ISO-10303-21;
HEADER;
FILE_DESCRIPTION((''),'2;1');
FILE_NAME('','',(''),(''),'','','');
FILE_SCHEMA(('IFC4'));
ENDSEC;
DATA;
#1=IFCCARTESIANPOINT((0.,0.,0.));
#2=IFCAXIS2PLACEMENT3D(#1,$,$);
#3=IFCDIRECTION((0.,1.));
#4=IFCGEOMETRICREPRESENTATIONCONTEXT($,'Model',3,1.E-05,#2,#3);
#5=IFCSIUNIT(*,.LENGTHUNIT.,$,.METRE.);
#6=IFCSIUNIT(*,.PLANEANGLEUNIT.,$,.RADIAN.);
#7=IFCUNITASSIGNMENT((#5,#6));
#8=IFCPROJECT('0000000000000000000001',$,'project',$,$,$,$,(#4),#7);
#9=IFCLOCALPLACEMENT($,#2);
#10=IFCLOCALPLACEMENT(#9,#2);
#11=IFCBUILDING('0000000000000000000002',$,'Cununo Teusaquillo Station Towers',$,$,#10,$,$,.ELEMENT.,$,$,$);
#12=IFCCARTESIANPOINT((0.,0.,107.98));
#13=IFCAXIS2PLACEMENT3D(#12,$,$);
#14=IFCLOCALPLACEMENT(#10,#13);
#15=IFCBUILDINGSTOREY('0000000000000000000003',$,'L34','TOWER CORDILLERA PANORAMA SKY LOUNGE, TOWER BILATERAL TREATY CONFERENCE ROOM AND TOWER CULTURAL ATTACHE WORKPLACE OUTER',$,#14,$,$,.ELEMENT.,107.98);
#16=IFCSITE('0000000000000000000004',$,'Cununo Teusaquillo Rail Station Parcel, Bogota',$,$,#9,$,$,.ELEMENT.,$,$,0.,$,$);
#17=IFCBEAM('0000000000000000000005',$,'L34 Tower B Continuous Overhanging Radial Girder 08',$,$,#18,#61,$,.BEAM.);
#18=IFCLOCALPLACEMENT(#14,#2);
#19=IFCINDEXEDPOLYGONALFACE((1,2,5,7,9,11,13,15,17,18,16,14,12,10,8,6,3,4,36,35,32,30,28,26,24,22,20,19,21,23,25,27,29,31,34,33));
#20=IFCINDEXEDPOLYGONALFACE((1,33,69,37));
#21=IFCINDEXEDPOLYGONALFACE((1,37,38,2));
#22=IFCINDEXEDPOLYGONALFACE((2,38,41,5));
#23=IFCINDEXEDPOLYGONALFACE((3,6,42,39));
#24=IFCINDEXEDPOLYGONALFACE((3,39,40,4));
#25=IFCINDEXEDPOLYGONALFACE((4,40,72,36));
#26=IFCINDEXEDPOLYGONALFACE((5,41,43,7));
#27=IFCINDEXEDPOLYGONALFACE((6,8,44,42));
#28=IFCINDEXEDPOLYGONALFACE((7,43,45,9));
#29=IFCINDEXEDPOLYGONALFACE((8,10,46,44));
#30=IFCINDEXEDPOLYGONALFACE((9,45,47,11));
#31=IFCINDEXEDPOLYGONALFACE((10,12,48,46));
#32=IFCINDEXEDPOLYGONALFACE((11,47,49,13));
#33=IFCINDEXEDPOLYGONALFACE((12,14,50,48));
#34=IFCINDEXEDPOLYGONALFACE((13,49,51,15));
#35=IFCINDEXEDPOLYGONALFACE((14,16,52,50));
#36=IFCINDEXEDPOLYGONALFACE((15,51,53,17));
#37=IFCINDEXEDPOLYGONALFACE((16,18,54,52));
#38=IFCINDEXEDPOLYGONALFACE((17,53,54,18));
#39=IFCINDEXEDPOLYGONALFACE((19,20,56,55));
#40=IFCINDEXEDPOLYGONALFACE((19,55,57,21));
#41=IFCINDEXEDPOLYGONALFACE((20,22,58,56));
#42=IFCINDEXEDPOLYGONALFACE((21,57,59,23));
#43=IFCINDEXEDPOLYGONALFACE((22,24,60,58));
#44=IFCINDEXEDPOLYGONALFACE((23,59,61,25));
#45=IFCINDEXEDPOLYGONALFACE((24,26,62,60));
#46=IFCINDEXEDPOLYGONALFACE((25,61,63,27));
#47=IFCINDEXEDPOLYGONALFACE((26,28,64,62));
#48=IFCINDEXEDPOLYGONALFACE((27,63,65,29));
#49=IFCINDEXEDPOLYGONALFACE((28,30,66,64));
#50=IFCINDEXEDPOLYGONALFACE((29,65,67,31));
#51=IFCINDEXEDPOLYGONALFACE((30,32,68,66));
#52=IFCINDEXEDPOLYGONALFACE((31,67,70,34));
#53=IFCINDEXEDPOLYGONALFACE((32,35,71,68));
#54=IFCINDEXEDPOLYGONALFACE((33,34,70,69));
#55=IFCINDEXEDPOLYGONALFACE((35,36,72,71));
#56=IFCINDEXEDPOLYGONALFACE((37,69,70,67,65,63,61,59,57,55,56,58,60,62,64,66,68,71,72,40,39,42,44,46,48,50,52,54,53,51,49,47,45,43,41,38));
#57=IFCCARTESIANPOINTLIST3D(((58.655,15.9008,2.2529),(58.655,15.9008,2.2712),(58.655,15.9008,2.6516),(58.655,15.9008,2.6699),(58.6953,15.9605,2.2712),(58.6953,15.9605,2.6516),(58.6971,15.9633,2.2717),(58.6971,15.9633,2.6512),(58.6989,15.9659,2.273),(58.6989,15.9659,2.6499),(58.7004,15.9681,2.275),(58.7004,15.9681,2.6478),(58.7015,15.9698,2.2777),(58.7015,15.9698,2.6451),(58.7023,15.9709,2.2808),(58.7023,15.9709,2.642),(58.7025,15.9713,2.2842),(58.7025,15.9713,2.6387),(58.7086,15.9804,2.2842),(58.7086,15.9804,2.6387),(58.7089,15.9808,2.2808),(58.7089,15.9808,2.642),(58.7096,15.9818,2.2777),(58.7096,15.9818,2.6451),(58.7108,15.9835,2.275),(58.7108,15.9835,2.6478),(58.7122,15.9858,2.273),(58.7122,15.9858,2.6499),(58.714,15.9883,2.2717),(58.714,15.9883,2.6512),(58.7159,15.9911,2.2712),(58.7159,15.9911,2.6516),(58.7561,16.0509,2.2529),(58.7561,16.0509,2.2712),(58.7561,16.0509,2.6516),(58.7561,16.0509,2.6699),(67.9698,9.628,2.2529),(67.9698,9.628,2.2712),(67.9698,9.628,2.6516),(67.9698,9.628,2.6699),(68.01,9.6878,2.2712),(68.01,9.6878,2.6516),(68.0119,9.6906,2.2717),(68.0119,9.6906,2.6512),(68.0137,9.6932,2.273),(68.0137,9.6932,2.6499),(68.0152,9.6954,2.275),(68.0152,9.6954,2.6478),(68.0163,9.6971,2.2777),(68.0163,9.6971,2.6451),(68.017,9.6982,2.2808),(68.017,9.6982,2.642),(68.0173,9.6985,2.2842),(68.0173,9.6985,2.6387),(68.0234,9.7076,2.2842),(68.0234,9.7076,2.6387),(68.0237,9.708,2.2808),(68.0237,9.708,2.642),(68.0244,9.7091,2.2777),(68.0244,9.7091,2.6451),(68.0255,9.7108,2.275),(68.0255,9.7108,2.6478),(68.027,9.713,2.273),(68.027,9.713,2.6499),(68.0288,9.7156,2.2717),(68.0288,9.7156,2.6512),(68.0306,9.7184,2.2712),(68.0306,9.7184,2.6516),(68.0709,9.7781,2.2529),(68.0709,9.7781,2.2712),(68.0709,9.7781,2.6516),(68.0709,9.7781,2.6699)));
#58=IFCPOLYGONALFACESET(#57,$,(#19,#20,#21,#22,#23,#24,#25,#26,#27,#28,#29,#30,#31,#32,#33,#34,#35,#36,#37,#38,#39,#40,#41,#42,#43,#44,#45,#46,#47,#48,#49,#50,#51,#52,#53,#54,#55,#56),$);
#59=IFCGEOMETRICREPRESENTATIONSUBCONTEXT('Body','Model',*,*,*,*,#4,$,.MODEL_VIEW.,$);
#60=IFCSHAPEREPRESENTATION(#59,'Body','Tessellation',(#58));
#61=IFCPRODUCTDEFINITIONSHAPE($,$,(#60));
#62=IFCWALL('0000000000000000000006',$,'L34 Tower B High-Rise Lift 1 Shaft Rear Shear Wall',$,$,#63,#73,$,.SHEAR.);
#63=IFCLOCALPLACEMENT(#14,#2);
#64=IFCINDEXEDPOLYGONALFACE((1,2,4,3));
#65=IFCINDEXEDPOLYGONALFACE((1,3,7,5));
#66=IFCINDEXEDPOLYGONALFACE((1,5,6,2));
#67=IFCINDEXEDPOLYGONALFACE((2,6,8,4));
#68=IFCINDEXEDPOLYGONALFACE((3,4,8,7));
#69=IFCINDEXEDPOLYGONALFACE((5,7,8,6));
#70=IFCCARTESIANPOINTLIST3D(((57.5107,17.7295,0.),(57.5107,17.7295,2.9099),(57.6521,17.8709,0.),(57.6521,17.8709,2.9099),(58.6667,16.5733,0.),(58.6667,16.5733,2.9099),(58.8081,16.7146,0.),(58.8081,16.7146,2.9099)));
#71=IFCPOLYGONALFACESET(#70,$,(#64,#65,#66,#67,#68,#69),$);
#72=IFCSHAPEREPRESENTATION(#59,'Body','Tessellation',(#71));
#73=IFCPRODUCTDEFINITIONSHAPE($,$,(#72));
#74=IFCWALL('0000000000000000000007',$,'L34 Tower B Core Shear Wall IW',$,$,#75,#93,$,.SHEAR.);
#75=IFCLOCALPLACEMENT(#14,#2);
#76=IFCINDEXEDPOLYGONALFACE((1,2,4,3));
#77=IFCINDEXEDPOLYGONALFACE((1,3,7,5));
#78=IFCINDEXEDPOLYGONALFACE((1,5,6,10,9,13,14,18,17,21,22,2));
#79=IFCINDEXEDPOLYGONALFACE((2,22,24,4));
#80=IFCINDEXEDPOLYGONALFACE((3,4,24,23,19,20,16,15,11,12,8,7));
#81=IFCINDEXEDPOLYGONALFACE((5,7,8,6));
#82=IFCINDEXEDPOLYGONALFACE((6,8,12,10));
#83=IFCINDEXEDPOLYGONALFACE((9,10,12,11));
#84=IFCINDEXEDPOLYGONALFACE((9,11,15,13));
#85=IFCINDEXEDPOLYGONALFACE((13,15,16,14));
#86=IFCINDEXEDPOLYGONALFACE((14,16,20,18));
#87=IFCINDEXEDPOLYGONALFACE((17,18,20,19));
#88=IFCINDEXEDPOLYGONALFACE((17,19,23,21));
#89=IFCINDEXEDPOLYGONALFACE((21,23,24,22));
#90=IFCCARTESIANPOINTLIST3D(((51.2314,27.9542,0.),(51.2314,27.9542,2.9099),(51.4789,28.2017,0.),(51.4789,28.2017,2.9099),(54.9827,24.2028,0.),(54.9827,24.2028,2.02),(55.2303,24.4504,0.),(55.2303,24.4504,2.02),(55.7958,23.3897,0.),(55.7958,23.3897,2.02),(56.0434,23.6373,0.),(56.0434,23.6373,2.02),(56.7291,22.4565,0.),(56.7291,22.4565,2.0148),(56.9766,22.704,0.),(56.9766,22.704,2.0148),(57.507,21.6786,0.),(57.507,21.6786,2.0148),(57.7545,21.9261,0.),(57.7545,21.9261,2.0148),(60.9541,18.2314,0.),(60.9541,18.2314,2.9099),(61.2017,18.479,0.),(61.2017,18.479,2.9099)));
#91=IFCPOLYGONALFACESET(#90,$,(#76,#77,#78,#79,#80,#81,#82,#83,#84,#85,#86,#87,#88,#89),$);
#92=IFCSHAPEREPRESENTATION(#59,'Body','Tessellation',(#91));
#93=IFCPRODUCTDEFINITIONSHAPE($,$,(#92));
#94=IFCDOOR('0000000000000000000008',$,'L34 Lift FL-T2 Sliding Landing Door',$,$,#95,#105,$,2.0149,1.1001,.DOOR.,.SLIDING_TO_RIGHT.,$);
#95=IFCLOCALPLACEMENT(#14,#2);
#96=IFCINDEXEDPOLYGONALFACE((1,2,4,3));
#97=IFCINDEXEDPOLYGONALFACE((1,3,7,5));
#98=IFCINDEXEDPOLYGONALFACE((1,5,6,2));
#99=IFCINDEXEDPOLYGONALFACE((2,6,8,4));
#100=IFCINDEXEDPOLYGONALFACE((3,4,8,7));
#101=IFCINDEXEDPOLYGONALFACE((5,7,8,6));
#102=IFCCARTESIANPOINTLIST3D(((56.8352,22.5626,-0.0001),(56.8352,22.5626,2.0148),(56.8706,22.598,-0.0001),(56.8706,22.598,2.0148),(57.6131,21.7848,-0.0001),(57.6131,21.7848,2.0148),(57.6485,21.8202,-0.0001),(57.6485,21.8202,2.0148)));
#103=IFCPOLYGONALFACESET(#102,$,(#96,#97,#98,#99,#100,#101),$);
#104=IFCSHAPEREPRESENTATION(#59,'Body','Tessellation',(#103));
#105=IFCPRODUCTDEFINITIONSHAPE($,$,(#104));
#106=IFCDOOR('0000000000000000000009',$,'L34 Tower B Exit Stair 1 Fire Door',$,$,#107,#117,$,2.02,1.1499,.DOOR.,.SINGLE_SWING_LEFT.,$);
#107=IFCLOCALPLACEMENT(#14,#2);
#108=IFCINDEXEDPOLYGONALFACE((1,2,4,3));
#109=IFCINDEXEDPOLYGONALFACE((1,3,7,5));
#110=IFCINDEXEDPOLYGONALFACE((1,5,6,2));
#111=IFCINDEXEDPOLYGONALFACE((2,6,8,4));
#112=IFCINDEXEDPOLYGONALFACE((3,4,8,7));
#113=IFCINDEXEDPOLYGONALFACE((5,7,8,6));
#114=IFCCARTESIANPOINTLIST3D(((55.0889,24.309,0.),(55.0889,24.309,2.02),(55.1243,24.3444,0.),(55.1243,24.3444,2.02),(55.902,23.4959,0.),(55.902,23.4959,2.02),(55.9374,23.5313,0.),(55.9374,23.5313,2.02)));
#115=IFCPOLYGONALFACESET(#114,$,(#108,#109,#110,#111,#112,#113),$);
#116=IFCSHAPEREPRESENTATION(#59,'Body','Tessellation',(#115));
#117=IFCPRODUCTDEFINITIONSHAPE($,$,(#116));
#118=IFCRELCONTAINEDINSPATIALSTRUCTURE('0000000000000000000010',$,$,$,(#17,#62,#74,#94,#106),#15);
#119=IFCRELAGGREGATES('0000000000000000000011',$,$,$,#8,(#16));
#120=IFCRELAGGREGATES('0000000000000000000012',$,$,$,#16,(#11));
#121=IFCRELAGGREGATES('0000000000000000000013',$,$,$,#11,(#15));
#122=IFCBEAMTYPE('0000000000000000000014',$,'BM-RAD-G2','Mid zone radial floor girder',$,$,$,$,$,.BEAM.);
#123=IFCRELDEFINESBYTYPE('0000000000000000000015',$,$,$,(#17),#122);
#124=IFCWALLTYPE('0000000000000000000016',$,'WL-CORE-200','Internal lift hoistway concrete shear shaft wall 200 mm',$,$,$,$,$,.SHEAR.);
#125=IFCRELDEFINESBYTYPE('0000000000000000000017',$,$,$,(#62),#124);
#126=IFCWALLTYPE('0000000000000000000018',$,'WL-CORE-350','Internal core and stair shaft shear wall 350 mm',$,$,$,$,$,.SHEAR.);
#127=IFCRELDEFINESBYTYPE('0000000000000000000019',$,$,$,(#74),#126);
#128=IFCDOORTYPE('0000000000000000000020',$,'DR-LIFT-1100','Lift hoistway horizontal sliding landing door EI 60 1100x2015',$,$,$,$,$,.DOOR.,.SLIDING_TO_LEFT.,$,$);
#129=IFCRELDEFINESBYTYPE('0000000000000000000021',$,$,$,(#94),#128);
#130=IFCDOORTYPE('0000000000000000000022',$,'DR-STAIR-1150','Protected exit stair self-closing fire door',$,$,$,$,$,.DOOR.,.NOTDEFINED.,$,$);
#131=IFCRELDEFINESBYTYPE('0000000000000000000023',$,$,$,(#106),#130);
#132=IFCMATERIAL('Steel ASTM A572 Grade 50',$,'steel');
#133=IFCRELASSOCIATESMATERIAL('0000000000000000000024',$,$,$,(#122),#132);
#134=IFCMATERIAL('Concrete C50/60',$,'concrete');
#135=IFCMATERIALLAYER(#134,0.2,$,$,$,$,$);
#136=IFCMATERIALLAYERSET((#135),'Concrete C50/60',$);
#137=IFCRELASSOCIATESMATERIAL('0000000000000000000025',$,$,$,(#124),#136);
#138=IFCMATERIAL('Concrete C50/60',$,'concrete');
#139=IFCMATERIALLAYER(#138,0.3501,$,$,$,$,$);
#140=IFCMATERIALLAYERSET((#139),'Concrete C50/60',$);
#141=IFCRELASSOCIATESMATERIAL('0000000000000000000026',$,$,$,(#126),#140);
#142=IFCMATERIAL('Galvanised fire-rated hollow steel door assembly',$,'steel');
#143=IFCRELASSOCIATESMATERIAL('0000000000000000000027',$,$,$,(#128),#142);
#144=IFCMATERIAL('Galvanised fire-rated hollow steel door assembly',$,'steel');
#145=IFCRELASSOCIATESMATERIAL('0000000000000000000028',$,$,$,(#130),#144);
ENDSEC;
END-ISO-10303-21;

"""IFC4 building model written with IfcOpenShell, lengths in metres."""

from ifc_helpers import new_model, si_unit, direction, frame, frame_2d, origin, origin_2d, place, context, subcontext, project, spatial, rectangle, i_section, extrude, source, transform, mapped, material, layer, layer_set, material_profile, profile_set, type_object, element, fill, save


model = new_model("IFC4")

# Units and contexts
model_context = context("Model", 3, precision=1e-05, world=origin(), true_north=direction((0.0, 1.0)))
body_context = subcontext(model_context, "Body", "Model", "MODEL_VIEW")
ifc_project = project(units=[si_unit("LENGTHUNIT", "METRE"), si_unit("PLANEANGLEUNIT", "RADIAN")], contexts=[model_context])

# Site, building, storey
site_placement = place(None, origin())
site = spatial("IfcSite", under=ifc_project, at=site_placement, Name="Cununo Teusaquillo Rail Station Parcel, Bogota", CompositionType="ELEMENT", RefElevation=0.0)
building_placement = place(site_placement, origin())
building = spatial("IfcBuilding", under=site, at=building_placement, Name="Cununo Teusaquillo Station Towers", CompositionType="ELEMENT")
storey_placement = place(building_placement, frame((0.0, 0.0, 107.98)))
storey = spatial("IfcBuildingStorey", under=building, at=storey_placement, Name="L34", Description="TOWER CORDILLERA PANORAMA SKY LOUNGE, TOWER BILATERAL TREATY CONFERENCE ROOM AND TOWER CULTURAL ATTACHE WORKPLACE OUTER", CompositionType="ELEMENT", Elevation=107.98)

# Beam
ifc_material_1 = material(Name="Steel ASTM A572 Grade 50", Category="steel")
ifc_material_profile_1 = material_profile(ifc_material_1, i_section(OverallWidth=0.1809, OverallDepth=0.417, WebThickness=0.011, FlangeThickness=0.0183, FilletRadius=0.0129, at=origin_2d()), Name="W16X57")
ifc_profile_set_1 = profile_set([ifc_material_profile_1], Name="Steel ASTM A572 Grade 50")
beam_type_1 = type_object("IfcBeamType", Name="BM-RAD-G2", Description="Mid zone radial floor girder", PredefinedType="BEAM", material=ifc_profile_set_1)
beam_1_placement = place(storey_placement, frame((58.7056, 15.9758, 2.4614), z_axis=(0.829456, -0.558572, 0.0), x_axis=(0.558572, 0.829456, 0.0)))
element("IfcBeam", 1, at=beam_1_placement, inside=storey, type_object=beam_type_1, Name="L34 Tower B Continuous Overhanging Radial Girder 08", PredefinedType="BEAM", context=body_context, shape_type="SweptSolid", body=[
    extrude(i_section(OverallWidth=0.1809, OverallDepth=0.417, WebThickness=0.011, FlangeThickness=0.0183, FilletRadius=0.0129, at=origin_2d()), origin(), (0.0, 0.0, 1.0), 11.23),
])

# Wall
ifc_material_2 = material(Name="Concrete C50/60", Category="concrete")
ifc_layer_1 = layer(ifc_material_2, 0.2)
ifc_layer_set_1 = layer_set([ifc_layer_1], Name="Concrete C50/60")
wall_type_1 = type_object("IfcWallType", Name="WL-CORE-200", Description="Internal lift hoistway concrete shear shaft wall 200 mm", PredefinedType="SHEAR", material=ifc_layer_set_1)
wall_1_placement = place(storey_placement, frame((58.7373, 16.644, 0.0), z_axis=(0.0, 0.0, 1.0), x_axis=(-0.707032, 0.707181, 0.0)))
element("IfcWall", 2, at=wall_1_placement, inside=storey, type_object=wall_type_1, Name="L34 Tower B High-Rise Lift 1 Shaft Rear Shear Wall", PredefinedType="SHEAR", context=body_context, shape_type="SweptSolid", body=[
    extrude(rectangle(XDim=1.635, YDim=0.2, at=frame_2d((0.8174, 0.0))), origin(), (0.0, 0.0, 1.0), 2.9099),
])

# Wall, openings, doors
ifc_material_3 = material(Name="Concrete C50/60", Category="concrete")
ifc_layer_2 = layer(ifc_material_3, 0.3501)
ifc_layer_set_2 = layer_set([ifc_layer_2], Name="Concrete C50/60")
wall_type_2 = type_object("IfcWallType", Name="WL-CORE-350", Description="Internal core and stair shaft shear wall 350 mm", PredefinedType="SHEAR", material=ifc_layer_set_2)
wall_2_placement = place(storey_placement, frame((61.0779, 18.3552, 0.0), z_axis=(0.0, 0.0, 1.0), x_axis=(-0.707107, 0.707107, 0.0)))
wall_2 = element("IfcWall", 3, at=wall_2_placement, inside=storey, type_object=wall_type_2, Name="L34 Tower B Core Shear Wall IW", PredefinedType="SHEAR", context=body_context, shape_type="SweptSolid", body=[
    extrude(rectangle(XDim=13.75, YDim=0.3501, at=frame_2d((6.875, 0.0))), origin(), (0.0, 0.0, 1.0), 2.9099),
])
shared_shape_1 = source(origin(), body_context, "Body", "SweptSolid", [
    extrude(rectangle(XDim=1.1001, YDim=2.0149, at=frame_2d((0.55, 1.0073))), frame((0.0, 0.1851, 0.0), z_axis=(0.0, -1.0, 0.0), x_axis=(1.0, 0.0, 0.0)), (0.0, 0.0, 1.0), 0.3701),
])
opening_1_placement = place(wall_2_placement, frame((4.875, 0.0, 0.0)))
opening_1 = element("IfcOpeningElement", 4, at=opening_1_placement, cuts=wall_2, PredefinedType="OPENING", context=body_context, shape_type="MappedRepresentation", body=[
    mapped(shared_shape_1, transform((0.0, 0.0, 0.0), x_axis=(1.0, 0.0, 0.0), y_axis=(0.0, 1.0, 0.0), z_axis=(0.0, 0.0, 1.0), scale=1.0)),
])
shared_shape_2 = source(origin(), body_context, "Body", "SweptSolid", [
    extrude(rectangle(XDim=1.1499, YDim=2.02, at=frame_2d((0.575, 1.01))), frame((0.0, 0.1851, 0.0), z_axis=(0.0, -1.0, 0.0), x_axis=(1.0, 0.0, 0.0)), (0.0, 0.0, 1.0), 0.3701),
])
opening_2_placement = place(wall_2_placement, frame((7.2949, 0.0, 0.0)))
opening_2 = element("IfcOpeningElement", 5, at=opening_2_placement, cuts=wall_2, PredefinedType="OPENING", context=body_context, shape_type="MappedRepresentation", body=[
    mapped(shared_shape_2, transform((0.0, 0.0, 0.0), x_axis=(1.0, 0.0, 0.0), y_axis=(0.0, 1.0, 0.0), z_axis=(0.0, 0.0, 1.0), scale=1.0)),
])
ifc_material_4 = material(Name="Galvanised fire-rated hollow steel door assembly", Category="steel")
door_type_1 = type_object("IfcDoorType", Name="DR-LIFT-1100", Description="Lift hoistway horizontal sliding landing door EI 60 1100x2015", OperationType="SLIDING_TO_LEFT", PredefinedType="DOOR", material=ifc_material_4)
shared_shape_3 = source(origin(), body_context, "Body", "SweptSolid", [
    extrude(rectangle(XDim=1.1001, YDim=2.0149, at=frame_2d((0.55, 1.0073))), frame((0.0, 0.0249, 0.0), z_axis=(0.0, -1.0, 0.0), x_axis=(1.0, 0.0, 0.0)), (0.0, 0.0, 1.0), 0.05),
])
door_1_placement = place(opening_1_placement, origin())
door_1 = element("IfcDoor", 6, at=door_1_placement, inside=storey, type_object=door_type_1, Name="L34 Lift FL-T2 Sliding Landing Door", OperationType="SLIDING_TO_RIGHT", OverallHeight=2.0149, OverallWidth=1.1001, PredefinedType="DOOR", context=body_context, shape_type="MappedRepresentation", body=[
    mapped(shared_shape_3, transform((0.0, 0.0, 0.0), x_axis=(1.0, 0.0, 0.0), y_axis=(0.0, 1.0, 0.0), z_axis=(0.0, 0.0, 1.0), scale=1.0)),
])
fill(opening_1, door_1)
ifc_material_5 = material(Name="Galvanised fire-rated hollow steel door assembly", Category="steel")
door_type_2 = type_object("IfcDoorType", Name="DR-STAIR-1150", Description="Protected exit stair self-closing fire door", OperationType="NOTDEFINED", PredefinedType="DOOR", material=ifc_material_5)
shared_shape_4 = source(origin(), body_context, "Body", "SweptSolid", [
    extrude(rectangle(XDim=1.1499, YDim=2.02, at=frame_2d((0.575, 1.01))), frame((0.0, 0.0249, 0.0), z_axis=(0.0, -1.0, 0.0), x_axis=(1.0, 0.0, 0.0)), (0.0, 0.0, 1.0), 0.05),
])
door_2_placement = place(opening_2_placement, origin())
door_2 = element("IfcDoor", 7, at=door_2_placement, inside=storey, type_object=door_type_2, Name="L34 Tower B Exit Stair 1 Fire Door", OperationType="SINGLE_SWING_LEFT", OverallHeight=2.02, OverallWidth=1.1499, PredefinedType="DOOR", context=body_context, shape_type="MappedRepresentation", body=[
    mapped(shared_shape_4, transform((0.0, 0.0, 0.0), x_axis=(1.0, 0.0, 0.0), y_axis=(0.0, 1.0, 0.0), z_axis=(0.0, 0.0, 1.0), scale=1.0)),
])
fill(opening_2, door_2)

save(model, "model.ifc")
